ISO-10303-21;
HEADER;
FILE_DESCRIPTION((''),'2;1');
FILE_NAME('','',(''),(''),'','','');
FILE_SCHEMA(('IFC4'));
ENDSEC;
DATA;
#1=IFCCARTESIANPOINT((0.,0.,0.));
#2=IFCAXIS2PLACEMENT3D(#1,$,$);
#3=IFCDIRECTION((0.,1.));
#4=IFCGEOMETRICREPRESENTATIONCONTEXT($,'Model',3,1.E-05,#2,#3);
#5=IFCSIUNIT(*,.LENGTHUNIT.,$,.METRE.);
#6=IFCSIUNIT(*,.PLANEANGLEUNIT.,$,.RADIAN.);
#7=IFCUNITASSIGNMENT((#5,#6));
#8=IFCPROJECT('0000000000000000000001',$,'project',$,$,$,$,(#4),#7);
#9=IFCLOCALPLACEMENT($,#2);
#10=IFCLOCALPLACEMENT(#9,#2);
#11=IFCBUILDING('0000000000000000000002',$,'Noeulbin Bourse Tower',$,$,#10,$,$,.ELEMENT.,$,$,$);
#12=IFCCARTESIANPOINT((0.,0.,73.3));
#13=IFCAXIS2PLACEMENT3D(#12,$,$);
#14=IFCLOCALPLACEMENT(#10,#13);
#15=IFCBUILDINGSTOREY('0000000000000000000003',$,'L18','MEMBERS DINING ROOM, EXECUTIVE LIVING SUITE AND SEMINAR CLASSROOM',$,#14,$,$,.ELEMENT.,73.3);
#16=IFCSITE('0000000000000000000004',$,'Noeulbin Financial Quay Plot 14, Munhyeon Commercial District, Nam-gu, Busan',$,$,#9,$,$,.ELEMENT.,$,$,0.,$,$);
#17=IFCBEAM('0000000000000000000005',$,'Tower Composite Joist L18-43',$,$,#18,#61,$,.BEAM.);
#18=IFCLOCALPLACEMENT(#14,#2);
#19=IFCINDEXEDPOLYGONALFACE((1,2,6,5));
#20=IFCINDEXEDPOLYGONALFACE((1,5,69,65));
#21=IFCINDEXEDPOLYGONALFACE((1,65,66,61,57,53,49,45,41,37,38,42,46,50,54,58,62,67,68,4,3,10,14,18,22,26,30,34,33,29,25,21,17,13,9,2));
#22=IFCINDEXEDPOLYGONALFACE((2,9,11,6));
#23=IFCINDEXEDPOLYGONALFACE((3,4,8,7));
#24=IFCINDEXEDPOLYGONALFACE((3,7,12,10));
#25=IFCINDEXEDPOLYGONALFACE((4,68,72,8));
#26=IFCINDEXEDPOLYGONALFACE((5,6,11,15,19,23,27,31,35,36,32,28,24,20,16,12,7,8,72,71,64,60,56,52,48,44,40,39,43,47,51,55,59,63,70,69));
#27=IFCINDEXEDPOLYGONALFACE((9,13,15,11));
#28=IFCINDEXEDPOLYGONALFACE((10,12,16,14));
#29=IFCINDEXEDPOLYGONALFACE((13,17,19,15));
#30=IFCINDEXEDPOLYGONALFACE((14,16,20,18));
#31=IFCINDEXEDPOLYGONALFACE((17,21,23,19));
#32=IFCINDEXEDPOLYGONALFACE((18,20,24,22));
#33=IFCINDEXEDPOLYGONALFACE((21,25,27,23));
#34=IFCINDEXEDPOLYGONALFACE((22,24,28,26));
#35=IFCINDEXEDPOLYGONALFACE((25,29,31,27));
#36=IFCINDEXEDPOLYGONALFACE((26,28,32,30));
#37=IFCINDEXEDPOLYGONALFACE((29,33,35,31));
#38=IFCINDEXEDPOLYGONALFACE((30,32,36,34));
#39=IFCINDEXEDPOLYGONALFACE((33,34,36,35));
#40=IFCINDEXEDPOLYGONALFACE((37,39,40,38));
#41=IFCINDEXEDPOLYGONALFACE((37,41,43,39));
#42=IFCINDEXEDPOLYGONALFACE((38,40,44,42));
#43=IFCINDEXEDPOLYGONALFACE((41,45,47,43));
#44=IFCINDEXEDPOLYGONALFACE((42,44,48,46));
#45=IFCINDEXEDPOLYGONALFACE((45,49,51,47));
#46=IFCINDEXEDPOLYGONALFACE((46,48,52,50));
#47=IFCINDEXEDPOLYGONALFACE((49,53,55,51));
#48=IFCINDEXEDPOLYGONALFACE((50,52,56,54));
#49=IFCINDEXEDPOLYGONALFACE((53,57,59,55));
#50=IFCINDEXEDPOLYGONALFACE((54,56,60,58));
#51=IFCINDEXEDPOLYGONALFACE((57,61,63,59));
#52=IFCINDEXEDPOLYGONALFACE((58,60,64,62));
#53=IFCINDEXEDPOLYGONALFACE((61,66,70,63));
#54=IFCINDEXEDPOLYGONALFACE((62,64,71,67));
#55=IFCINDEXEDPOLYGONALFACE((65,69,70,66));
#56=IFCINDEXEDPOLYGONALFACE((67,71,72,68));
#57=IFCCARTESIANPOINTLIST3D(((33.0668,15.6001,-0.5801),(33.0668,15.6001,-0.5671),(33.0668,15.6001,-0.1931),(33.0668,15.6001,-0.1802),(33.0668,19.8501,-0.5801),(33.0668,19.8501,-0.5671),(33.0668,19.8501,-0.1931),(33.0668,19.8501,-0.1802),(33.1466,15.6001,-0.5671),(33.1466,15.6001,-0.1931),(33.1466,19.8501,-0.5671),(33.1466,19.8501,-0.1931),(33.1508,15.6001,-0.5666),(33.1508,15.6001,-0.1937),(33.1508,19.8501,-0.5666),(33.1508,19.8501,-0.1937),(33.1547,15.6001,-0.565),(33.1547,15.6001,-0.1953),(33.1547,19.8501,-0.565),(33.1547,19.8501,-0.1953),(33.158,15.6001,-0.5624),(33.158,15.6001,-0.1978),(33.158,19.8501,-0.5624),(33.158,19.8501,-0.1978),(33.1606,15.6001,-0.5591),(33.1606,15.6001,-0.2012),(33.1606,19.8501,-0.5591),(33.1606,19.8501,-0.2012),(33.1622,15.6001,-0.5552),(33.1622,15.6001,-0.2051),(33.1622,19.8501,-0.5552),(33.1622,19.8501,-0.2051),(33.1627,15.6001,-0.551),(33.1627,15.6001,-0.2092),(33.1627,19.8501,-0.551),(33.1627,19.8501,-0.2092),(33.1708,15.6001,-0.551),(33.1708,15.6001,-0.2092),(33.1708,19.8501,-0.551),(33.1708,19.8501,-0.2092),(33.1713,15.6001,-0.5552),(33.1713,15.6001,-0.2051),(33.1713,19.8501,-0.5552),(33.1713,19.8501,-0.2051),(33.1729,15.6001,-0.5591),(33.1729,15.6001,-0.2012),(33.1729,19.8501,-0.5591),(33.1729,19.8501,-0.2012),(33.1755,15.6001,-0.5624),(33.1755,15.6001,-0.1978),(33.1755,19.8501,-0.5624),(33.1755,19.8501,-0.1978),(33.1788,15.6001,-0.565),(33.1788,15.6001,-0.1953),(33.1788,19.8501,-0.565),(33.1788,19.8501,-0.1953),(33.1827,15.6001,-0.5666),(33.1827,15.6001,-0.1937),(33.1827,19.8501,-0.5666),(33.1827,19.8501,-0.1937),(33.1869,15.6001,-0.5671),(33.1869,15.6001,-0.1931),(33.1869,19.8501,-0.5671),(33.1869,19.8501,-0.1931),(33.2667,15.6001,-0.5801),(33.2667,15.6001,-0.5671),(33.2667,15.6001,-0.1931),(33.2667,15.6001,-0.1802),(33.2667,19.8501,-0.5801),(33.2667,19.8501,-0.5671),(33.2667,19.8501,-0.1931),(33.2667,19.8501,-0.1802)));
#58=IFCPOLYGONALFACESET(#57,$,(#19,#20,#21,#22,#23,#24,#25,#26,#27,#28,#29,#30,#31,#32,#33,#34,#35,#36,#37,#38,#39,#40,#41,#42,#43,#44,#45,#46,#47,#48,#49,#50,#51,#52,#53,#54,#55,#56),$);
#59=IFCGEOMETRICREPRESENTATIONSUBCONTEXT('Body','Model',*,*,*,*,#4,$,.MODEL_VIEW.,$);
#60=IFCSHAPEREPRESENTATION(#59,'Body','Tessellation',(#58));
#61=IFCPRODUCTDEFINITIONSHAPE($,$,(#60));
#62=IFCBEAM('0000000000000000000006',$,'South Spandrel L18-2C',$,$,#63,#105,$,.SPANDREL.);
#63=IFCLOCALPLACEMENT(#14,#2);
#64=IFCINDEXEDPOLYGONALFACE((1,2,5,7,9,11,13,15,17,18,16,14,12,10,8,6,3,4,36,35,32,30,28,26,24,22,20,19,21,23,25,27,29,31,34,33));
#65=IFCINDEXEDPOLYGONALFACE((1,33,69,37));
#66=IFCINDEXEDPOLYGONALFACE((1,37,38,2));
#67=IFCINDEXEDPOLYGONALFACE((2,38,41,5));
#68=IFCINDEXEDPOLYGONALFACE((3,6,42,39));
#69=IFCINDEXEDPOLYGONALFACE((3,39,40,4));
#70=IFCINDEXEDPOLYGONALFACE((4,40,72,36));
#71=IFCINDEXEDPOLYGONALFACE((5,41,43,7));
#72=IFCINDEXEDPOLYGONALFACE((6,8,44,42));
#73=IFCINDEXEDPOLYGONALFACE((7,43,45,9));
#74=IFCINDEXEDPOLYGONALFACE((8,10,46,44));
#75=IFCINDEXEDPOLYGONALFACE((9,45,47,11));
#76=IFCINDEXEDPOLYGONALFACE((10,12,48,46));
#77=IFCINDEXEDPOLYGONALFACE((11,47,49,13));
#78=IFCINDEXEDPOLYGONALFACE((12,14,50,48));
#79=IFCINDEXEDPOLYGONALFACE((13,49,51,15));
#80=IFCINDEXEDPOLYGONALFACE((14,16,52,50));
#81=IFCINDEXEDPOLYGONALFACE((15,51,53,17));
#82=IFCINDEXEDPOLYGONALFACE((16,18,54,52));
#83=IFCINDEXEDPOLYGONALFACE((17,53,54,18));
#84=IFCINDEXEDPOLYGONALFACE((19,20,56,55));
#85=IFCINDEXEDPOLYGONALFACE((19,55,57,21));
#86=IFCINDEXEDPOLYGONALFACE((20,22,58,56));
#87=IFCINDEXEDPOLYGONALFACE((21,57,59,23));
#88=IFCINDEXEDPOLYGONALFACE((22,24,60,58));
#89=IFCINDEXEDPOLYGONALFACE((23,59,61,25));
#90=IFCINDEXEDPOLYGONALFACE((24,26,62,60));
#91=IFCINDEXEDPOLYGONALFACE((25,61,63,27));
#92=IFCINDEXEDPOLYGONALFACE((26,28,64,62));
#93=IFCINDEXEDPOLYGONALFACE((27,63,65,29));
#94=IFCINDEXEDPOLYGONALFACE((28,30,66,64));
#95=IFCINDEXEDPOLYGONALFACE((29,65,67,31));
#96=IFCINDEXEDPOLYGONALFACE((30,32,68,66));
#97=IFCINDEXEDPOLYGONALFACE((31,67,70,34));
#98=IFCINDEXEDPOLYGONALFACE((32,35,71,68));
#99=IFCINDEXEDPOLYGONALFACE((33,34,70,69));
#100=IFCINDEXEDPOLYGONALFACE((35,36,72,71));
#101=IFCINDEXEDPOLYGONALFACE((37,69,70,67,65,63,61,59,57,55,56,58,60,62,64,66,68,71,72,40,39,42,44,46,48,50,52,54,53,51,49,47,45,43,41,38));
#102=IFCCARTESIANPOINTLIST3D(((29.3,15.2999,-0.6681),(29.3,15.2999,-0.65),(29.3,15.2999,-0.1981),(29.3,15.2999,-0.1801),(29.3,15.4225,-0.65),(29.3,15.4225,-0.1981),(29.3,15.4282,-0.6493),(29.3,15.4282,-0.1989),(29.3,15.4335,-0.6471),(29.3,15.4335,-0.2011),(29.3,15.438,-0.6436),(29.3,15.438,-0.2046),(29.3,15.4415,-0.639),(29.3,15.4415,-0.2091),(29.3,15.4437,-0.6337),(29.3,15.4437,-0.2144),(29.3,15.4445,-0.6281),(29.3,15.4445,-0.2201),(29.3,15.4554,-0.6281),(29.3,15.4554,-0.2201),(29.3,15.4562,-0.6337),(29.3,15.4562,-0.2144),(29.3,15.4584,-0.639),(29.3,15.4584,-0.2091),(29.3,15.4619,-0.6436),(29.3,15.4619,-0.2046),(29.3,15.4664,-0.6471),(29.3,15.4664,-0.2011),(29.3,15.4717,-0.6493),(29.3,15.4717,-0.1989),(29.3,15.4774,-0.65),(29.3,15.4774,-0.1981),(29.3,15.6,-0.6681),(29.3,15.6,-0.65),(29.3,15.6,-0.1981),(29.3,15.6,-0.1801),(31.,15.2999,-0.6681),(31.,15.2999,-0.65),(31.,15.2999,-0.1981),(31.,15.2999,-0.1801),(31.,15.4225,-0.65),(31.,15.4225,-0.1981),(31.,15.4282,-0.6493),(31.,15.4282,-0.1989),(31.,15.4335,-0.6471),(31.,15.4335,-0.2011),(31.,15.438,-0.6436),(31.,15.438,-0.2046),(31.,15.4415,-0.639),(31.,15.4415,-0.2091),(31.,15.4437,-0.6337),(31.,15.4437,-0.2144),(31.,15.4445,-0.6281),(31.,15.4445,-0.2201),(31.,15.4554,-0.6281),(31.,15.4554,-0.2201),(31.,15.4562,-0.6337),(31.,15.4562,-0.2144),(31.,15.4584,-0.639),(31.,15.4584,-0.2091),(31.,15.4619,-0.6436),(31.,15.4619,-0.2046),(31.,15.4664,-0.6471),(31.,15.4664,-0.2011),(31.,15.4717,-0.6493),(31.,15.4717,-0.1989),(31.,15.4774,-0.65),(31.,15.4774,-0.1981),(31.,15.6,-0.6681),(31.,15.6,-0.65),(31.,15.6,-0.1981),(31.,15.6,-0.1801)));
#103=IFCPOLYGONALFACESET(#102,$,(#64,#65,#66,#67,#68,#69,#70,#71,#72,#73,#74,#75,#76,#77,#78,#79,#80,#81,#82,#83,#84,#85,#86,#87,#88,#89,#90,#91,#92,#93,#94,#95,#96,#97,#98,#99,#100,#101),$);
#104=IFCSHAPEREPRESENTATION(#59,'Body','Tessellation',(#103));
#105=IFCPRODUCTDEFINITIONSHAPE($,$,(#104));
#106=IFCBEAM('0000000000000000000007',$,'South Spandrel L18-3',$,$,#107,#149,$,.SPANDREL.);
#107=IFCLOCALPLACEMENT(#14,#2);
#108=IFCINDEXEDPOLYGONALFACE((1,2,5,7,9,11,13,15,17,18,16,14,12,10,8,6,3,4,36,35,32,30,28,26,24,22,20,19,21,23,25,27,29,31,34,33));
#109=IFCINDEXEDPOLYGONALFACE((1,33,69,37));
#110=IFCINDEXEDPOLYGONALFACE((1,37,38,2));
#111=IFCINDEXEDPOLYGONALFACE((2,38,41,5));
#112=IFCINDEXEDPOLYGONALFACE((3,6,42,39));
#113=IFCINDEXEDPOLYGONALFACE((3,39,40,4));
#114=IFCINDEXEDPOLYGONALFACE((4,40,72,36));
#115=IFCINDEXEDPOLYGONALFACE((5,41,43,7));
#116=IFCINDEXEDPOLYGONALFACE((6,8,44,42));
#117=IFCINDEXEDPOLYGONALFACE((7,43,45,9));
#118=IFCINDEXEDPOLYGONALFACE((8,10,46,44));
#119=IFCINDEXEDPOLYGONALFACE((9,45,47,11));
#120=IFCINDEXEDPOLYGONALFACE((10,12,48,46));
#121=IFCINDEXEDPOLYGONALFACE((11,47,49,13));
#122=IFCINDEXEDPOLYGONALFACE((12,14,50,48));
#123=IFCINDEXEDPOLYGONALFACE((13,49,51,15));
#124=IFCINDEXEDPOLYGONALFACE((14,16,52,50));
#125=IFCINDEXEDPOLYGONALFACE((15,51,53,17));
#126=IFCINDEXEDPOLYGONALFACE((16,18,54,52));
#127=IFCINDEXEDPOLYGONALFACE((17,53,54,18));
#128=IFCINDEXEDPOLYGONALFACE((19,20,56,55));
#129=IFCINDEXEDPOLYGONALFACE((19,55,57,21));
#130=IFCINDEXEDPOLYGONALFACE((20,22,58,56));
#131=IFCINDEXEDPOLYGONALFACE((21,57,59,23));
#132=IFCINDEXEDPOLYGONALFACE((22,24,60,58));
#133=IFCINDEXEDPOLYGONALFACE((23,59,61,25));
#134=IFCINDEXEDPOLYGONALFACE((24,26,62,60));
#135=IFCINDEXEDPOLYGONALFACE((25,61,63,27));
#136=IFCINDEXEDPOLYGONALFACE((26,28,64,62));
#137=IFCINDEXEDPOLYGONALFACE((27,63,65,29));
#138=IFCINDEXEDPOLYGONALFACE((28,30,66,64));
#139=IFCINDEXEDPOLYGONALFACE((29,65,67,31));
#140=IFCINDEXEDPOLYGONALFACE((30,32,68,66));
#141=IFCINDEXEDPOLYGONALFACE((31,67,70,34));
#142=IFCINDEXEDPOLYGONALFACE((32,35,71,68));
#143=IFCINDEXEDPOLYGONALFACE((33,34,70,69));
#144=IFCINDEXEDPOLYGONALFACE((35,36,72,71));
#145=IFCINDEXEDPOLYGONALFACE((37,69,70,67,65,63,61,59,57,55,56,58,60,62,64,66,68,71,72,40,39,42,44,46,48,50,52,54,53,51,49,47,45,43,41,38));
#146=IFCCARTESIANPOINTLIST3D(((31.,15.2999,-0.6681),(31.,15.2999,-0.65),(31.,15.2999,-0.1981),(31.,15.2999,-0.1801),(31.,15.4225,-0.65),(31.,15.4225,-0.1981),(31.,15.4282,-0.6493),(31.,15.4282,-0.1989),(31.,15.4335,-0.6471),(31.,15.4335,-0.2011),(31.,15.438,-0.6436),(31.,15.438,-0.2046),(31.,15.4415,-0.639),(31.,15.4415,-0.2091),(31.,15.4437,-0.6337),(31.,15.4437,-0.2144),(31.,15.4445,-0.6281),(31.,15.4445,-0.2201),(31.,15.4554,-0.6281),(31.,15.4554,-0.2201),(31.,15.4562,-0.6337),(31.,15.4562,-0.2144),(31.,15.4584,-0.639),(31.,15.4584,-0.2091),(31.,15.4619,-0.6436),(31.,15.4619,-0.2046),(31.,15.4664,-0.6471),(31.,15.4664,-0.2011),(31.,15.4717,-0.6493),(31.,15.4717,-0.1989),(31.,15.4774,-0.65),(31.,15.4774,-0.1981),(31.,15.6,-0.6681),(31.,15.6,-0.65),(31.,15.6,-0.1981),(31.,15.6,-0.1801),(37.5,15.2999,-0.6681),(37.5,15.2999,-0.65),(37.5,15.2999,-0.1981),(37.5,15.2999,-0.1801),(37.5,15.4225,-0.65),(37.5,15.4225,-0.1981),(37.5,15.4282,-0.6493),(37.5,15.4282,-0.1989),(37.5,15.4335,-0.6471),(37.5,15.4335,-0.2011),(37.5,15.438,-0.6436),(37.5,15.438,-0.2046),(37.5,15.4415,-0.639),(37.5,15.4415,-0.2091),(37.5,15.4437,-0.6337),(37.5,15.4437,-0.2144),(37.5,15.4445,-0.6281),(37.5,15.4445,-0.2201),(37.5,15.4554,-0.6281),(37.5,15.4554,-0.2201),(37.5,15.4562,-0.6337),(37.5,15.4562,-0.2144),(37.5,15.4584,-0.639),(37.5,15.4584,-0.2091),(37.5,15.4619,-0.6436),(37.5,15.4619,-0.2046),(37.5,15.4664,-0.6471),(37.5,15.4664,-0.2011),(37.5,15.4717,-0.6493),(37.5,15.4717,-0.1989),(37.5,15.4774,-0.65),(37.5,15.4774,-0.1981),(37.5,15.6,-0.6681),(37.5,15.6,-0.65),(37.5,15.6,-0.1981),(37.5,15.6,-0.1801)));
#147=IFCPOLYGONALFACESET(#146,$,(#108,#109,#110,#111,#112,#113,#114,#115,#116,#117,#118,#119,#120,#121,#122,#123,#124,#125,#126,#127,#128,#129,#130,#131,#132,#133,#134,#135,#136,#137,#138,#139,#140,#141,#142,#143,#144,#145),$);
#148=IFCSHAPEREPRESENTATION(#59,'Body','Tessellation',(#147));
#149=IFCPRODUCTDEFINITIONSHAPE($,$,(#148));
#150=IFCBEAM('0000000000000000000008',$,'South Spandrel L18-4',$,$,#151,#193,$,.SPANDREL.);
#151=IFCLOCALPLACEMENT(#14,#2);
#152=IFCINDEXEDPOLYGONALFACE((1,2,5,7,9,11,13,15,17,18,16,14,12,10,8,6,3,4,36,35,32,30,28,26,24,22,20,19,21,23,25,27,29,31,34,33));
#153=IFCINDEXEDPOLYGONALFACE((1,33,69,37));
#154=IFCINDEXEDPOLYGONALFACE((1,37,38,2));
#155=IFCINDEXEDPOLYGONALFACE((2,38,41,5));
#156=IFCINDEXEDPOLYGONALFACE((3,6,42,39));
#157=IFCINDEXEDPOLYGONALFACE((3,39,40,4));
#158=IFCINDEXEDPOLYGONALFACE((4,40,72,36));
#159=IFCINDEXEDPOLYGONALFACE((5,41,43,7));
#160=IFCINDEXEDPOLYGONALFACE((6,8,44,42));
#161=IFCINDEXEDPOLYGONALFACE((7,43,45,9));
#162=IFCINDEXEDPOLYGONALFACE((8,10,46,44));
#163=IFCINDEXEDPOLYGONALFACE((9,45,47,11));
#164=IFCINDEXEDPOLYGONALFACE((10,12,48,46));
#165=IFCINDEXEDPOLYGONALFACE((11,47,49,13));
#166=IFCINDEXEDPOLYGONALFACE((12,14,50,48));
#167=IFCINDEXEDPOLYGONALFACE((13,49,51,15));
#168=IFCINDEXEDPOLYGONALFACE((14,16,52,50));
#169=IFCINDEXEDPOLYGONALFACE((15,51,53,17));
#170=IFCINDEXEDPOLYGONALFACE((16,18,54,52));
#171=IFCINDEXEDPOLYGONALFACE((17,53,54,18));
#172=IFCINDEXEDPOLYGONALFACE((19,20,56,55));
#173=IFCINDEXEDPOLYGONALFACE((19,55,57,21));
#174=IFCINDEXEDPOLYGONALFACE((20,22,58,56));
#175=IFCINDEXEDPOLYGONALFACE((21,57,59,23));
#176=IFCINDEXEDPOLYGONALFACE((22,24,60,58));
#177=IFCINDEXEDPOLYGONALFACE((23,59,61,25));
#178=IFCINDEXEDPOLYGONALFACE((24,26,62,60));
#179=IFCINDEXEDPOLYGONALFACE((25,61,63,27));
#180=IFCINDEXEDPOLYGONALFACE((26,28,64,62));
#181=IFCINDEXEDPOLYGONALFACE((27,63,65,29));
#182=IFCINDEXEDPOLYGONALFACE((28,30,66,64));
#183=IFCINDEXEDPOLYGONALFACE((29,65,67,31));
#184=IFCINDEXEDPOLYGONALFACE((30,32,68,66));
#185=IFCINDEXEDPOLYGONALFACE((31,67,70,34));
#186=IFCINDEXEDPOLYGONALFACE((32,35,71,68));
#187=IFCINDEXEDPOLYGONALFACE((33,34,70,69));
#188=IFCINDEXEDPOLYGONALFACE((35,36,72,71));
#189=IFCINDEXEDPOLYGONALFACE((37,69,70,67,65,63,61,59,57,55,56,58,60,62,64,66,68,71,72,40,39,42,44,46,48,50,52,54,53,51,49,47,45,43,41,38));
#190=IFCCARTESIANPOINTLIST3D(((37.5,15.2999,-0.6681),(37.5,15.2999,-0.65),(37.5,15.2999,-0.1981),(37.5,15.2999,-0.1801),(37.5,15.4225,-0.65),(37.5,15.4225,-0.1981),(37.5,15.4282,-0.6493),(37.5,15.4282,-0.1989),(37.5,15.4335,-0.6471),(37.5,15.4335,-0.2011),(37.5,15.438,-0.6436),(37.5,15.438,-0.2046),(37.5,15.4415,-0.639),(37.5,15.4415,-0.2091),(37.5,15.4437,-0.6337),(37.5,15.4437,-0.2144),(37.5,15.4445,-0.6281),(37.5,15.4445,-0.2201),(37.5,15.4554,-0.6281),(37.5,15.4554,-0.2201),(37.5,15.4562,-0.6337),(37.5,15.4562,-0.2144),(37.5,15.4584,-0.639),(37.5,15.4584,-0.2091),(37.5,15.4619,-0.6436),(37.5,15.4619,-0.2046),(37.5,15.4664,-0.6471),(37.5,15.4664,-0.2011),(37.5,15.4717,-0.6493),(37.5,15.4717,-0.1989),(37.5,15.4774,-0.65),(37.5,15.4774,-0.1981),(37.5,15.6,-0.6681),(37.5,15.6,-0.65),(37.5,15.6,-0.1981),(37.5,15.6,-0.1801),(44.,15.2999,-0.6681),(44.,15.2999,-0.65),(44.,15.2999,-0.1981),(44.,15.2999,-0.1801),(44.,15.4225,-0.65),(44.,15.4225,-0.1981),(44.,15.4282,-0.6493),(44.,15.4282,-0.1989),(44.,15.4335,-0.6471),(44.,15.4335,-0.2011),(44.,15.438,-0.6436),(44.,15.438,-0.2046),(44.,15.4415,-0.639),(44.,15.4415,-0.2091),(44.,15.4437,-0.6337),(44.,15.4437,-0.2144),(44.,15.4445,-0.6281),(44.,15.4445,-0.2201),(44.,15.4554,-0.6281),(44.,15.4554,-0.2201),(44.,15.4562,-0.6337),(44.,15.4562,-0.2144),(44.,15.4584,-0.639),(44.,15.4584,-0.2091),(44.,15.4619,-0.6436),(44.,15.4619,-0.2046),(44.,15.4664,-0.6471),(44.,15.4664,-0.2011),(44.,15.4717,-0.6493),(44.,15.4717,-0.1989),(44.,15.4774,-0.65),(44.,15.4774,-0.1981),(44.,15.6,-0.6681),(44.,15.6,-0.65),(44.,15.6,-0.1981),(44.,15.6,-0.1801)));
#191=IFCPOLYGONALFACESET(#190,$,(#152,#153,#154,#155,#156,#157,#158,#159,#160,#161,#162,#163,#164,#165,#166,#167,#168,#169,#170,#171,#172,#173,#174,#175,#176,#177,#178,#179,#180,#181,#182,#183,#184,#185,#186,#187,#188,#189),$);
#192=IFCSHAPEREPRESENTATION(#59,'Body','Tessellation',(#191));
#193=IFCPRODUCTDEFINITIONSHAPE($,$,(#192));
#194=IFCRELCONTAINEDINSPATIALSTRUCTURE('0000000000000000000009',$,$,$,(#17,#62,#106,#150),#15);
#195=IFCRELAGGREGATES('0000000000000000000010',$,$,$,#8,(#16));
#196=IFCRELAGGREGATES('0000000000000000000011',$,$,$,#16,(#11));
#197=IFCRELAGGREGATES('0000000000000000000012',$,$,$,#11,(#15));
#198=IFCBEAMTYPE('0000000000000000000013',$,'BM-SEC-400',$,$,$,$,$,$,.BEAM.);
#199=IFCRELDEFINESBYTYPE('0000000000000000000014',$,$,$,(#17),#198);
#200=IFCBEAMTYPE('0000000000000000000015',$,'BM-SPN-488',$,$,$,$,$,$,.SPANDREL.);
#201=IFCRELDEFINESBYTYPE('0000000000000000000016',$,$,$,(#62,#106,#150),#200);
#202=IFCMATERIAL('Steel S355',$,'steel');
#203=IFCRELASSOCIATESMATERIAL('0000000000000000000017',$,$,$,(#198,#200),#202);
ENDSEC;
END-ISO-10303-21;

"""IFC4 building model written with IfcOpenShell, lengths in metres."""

from ifc_helpers import new_model, si_unit, direction, frame, origin, origin_2d, place, context, subcontext, project, spatial, i_section, extrude, material, material_profile, profile_set, type_object, element, save


model = new_model("IFC4")

# Units and contexts
model_context = context("Model", 3, precision=1e-05, world=origin(), true_north=direction((0.0, 1.0)))
body_context = subcontext(model_context, "Body", "Model", "MODEL_VIEW")
ifc_project = project(units=[si_unit("LENGTHUNIT", "METRE"), si_unit("PLANEANGLEUNIT", "RADIAN")], contexts=[model_context])

# Site, building, storey
site_placement = place(None, origin())
site = spatial("IfcSite", under=ifc_project, at=site_placement, Name="Noeulbin Financial Quay Plot 14, Munhyeon Commercial District, Nam-gu, Busan", CompositionType="ELEMENT", RefElevation=0.0)
building_placement = place(site_placement, origin())
building = spatial("IfcBuilding", under=site, at=building_placement, Name="Noeulbin Bourse Tower", CompositionType="ELEMENT")
storey_placement = place(building_placement, frame((0.0, 0.0, 73.3)))
storey = spatial("IfcBuildingStorey", under=building, at=storey_placement, Name="L18", Description="MEMBERS DINING ROOM, EXECUTIVE LIVING SUITE AND SEMINAR CLASSROOM", CompositionType="ELEMENT", Elevation=73.3)

# Beams
ifc_material_1 = material(Name="Steel S355", Category="steel")
ifc_material_profile_1 = material_profile(ifc_material_1, i_section(OverallWidth=0.2, OverallDepth=0.3999, WebThickness=0.0081, FlangeThickness=0.0129, FilletRadius=0.0161, at=origin_2d()), Name="H-400x200x8x13", Category="LoadBearing")
ifc_profile_set_1 = profile_set([ifc_material_profile_1], Name="Steel S355")
beam_type_1 = type_object("IfcBeamType", Name="BM-SEC-400", PredefinedType="BEAM", material=ifc_profile_set_1)
for number, where, z_axis, x_axis, name in (
    (1, (33.1667, 15.6001, -0.3801), (0.0, 1.0, 0.0), (-1.0, 0.0, 0.0), "Tower Composite Joist L18-43"),
):
    element("IfcBeam", number, at=place(storey_placement, frame(where, z_axis=z_axis, x_axis=x_axis)), inside=storey, type_object=beam_type_1, Name=name, PredefinedType="BEAM", context=body_context, shape_type="SweptSolid", body=[
        extrude(i_section(OverallWidth=0.2, OverallDepth=0.3999, WebThickness=0.0081, FlangeThickness=0.0129, FilletRadius=0.0161, at=origin_2d()), origin(), (0.0, 0.0, 1.0), 4.25),
    ])
ifc_material_profile_2 = material_profile(ifc_material_1, i_section(OverallWidth=0.3, OverallDepth=0.488, WebThickness=0.011, FlangeThickness=0.0181, FilletRadius=0.022, at=origin_2d()), Name="H-488x300x11x18", Category="LoadBearing")
ifc_profile_set_2 = profile_set([ifc_material_profile_2], Name="Steel S355")
beam_type_2 = type_object("IfcBeamType", Name="BM-SPN-488", PredefinedType="SPANDREL", material=ifc_profile_set_2)
beam_1_placement = place(storey_placement, frame((29.3, 15.45, -0.4241), z_axis=(1.0, 0.0, 0.0), x_axis=(0.0, 1.0, 0.0)))
element("IfcBeam", 2, at=beam_1_placement, inside=storey, type_object=beam_type_2, Name="South Spandrel L18-2C", PredefinedType="SPANDREL", context=body_context, shape_type="SweptSolid", body=[
    extrude(i_section(OverallWidth=0.3, OverallDepth=0.488, WebThickness=0.011, FlangeThickness=0.0181, FilletRadius=0.022, at=origin_2d()), origin(), (0.0, 0.0, 1.0), 1.7),
])
for number, where, z_axis, x_axis, name in (
    (3, (31.0, 15.45, -0.4241), (1.0, 0.0, 0.0), (0.0, 1.0, 0.0), "South Spandrel L18-3"),
    (4, (37.5, 15.45, -0.4241), (1.0, 0.0, 0.0), (0.0, 1.0, 0.0), "South Spandrel L18-4"),
):
    element("IfcBeam", number, at=place(storey_placement, frame(where, z_axis=z_axis, x_axis=x_axis)), inside=storey, type_object=beam_type_2, Name=name, PredefinedType="SPANDREL", context=body_context, shape_type="SweptSolid", body=[
        extrude(i_section(OverallWidth=0.3, OverallDepth=0.488, WebThickness=0.011, FlangeThickness=0.0181, FilletRadius=0.022, at=origin_2d()), origin(), (0.0, 0.0, 1.0), 6.5),
    ])

save(model, "model.ifc")
